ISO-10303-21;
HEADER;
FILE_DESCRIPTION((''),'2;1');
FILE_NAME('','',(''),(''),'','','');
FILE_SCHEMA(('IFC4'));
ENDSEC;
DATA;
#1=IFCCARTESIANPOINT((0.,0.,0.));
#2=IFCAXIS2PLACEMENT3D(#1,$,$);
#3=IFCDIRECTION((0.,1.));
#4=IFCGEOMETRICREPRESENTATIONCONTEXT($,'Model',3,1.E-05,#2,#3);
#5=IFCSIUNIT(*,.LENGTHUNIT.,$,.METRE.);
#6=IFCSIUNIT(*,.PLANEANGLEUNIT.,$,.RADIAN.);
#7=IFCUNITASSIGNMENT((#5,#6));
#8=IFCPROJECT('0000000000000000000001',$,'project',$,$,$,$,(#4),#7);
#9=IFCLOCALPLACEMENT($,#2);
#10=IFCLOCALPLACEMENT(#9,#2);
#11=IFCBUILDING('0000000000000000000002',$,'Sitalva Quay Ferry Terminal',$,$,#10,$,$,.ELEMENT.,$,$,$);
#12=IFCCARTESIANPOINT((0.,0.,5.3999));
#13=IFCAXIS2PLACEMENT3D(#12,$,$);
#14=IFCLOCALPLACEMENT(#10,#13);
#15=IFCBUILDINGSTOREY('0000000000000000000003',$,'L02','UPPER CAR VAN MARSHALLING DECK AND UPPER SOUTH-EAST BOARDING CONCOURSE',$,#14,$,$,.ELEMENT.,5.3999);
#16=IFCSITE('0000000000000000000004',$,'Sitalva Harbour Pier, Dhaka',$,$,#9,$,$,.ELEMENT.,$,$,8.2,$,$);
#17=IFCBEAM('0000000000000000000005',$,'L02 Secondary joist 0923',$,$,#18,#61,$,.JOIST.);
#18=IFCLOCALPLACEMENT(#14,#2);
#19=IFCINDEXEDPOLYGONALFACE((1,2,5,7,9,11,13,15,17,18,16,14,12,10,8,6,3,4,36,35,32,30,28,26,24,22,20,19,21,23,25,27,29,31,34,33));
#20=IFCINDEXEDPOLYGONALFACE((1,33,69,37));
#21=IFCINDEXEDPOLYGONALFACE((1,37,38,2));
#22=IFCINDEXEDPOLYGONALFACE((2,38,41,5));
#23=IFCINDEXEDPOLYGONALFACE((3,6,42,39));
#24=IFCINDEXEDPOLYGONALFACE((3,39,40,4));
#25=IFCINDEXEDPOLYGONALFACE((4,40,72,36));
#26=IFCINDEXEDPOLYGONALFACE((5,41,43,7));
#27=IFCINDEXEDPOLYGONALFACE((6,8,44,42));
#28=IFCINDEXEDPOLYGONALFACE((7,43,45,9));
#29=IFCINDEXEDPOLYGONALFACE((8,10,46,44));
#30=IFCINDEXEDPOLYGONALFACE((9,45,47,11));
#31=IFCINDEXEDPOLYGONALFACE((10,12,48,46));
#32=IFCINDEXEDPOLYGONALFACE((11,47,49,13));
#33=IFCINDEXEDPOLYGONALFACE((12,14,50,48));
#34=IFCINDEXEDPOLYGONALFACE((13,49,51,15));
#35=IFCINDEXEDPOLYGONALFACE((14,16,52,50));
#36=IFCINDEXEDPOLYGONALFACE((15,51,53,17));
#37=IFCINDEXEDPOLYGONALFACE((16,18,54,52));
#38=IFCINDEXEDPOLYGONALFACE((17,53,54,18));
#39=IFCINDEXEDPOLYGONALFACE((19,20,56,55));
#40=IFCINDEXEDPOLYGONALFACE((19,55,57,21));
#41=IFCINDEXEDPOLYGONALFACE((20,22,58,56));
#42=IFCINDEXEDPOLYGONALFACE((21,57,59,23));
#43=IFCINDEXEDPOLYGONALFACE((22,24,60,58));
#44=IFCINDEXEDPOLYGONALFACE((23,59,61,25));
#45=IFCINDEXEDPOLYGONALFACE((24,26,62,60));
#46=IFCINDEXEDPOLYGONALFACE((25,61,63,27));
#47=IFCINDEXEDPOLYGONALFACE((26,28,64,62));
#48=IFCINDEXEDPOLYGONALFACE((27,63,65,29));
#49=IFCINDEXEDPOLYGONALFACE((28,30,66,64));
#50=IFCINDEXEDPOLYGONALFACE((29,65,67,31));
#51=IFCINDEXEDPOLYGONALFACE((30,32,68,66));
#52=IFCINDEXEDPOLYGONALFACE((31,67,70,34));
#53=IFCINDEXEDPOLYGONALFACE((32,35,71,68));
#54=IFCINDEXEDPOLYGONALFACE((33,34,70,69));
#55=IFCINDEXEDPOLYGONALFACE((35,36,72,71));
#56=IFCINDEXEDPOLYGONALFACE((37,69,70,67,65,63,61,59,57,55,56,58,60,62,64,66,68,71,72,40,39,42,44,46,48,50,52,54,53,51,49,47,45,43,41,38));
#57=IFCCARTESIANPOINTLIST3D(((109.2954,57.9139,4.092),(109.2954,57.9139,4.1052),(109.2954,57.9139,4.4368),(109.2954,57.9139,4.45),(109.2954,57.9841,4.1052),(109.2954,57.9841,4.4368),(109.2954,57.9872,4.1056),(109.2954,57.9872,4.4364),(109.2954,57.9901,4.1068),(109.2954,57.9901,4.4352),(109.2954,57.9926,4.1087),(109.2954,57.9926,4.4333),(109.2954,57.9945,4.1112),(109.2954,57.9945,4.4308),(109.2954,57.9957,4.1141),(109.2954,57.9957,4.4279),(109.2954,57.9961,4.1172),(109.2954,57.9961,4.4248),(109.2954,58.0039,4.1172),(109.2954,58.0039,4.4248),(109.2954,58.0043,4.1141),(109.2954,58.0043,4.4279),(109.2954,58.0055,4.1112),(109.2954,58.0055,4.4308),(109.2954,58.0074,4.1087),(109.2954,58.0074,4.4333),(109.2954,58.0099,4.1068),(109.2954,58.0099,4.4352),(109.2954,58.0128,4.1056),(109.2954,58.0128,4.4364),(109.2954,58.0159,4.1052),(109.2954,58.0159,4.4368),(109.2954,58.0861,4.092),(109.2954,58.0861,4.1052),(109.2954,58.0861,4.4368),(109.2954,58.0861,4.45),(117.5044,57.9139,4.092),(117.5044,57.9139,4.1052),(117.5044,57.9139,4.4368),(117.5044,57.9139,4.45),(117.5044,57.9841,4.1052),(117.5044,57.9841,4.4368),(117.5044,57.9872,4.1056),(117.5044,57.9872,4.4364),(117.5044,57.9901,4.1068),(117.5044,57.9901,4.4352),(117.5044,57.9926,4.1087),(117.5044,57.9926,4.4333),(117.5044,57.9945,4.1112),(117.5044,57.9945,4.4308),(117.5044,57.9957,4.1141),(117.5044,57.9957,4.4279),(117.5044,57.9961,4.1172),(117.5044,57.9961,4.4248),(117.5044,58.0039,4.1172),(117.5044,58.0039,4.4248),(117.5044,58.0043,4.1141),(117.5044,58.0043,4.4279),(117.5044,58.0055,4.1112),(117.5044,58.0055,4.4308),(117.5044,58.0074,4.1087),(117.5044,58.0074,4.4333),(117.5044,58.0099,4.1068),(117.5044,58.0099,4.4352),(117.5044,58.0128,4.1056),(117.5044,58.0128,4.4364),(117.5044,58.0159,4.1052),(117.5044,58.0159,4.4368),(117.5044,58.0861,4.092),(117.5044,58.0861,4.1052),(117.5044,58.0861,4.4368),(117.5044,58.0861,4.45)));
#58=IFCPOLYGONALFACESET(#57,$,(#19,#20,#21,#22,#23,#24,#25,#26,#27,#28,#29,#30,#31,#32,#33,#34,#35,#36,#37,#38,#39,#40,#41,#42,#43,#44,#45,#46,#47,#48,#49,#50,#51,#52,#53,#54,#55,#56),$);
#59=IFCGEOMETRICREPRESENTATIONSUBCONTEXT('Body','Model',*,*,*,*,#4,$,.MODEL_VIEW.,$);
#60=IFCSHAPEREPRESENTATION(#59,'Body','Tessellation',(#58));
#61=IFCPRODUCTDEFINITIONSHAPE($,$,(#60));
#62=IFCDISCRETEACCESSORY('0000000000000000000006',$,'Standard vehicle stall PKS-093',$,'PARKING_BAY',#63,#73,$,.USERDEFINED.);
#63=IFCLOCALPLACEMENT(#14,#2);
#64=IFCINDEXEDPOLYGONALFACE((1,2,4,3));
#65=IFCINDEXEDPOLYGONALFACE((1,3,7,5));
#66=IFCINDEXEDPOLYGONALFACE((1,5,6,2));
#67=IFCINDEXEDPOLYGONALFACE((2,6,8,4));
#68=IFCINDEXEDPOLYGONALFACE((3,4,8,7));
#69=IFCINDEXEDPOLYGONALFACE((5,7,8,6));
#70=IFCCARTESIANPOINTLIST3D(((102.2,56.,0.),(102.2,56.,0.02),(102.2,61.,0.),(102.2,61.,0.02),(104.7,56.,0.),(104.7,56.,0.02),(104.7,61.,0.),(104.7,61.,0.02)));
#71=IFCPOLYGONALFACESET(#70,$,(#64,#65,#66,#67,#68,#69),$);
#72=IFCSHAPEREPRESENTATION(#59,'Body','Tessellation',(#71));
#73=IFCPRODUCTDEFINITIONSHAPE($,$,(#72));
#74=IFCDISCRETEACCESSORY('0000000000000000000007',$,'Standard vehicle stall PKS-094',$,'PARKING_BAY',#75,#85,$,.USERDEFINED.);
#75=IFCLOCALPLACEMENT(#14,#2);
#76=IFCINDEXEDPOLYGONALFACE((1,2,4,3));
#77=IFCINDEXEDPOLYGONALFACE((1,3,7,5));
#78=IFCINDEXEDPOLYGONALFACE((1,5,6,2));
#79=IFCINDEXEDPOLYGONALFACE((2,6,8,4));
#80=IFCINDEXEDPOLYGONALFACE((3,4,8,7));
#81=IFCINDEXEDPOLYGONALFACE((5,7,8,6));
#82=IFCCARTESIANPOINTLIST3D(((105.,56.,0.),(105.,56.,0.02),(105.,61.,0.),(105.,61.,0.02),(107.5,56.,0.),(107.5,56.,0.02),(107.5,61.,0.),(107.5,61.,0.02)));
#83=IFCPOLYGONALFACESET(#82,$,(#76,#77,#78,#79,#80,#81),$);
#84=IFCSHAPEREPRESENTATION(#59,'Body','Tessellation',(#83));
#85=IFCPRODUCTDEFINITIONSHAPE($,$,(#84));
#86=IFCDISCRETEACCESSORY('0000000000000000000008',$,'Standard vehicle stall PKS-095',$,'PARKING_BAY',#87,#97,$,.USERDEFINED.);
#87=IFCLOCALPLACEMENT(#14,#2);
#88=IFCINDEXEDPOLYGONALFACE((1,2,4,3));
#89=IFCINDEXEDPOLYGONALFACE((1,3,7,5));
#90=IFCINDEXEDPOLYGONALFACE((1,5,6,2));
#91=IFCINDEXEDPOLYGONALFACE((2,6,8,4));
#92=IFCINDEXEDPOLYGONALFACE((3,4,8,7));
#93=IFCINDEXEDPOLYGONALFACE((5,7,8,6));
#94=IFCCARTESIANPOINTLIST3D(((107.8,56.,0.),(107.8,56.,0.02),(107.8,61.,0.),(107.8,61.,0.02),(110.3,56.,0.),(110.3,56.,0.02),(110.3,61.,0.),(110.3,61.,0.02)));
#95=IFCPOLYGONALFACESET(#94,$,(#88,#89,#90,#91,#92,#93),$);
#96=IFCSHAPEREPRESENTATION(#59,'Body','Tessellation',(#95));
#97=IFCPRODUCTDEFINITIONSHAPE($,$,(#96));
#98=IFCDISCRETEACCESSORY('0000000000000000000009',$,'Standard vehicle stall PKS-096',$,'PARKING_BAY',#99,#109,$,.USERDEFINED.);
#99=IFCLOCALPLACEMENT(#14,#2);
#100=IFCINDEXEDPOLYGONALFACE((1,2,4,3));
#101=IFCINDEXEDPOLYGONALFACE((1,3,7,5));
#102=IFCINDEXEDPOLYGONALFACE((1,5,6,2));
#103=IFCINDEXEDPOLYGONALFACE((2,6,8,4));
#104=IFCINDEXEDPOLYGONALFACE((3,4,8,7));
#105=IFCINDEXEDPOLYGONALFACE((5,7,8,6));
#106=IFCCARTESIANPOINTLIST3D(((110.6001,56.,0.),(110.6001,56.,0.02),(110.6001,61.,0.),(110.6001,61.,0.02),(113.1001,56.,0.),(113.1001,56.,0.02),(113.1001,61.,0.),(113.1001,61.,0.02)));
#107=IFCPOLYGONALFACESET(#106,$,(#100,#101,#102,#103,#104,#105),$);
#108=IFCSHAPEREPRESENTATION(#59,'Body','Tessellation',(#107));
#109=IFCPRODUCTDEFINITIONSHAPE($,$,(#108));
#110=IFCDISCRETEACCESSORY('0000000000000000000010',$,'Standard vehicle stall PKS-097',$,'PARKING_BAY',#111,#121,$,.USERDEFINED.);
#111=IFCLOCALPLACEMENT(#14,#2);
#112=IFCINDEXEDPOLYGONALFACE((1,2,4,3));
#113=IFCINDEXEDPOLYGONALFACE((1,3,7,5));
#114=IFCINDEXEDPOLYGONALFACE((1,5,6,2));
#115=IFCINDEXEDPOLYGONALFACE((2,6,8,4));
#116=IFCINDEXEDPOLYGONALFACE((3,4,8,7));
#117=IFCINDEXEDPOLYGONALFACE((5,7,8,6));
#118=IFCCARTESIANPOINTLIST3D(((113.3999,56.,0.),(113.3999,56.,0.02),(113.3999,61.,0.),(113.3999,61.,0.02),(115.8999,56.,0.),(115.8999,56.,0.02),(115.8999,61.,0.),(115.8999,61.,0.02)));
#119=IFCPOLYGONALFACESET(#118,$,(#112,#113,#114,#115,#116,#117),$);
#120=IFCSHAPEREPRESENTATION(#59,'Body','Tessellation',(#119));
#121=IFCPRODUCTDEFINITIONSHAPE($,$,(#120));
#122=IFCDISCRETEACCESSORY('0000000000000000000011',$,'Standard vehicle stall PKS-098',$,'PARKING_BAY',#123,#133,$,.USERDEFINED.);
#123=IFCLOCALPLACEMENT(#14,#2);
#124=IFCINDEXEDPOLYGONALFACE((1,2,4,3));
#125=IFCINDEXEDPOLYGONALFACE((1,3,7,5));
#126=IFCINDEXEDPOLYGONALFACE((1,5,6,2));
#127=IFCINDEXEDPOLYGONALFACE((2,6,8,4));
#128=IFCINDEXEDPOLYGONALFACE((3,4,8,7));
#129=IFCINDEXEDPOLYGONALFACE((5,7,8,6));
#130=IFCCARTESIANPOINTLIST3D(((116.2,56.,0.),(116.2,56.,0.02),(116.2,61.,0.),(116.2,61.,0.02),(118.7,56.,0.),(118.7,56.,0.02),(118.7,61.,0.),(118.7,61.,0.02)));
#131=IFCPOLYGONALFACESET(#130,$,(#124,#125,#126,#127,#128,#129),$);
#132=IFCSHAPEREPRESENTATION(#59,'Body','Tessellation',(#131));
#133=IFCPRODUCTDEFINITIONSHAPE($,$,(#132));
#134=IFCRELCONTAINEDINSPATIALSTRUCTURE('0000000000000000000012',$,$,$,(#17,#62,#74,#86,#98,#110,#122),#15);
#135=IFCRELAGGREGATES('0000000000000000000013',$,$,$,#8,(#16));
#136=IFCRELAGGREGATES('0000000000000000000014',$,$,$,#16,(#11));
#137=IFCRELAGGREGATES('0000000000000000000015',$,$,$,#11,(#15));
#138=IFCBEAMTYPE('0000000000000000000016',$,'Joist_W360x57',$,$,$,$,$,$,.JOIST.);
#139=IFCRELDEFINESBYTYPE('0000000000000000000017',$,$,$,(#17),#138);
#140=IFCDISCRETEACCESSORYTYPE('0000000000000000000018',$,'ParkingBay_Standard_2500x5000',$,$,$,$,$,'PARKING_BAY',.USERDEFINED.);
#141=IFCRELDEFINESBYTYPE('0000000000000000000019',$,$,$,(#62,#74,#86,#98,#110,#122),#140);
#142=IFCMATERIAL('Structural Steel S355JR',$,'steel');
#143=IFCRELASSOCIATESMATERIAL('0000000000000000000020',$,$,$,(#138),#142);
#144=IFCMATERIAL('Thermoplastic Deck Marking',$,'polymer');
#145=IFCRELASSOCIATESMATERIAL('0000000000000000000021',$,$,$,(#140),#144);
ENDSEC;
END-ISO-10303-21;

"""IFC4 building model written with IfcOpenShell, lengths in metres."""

from ifc_helpers import new_model, si_unit, direction, frame, origin, origin_2d, place, context, subcontext, project, spatial, rectangle, i_section, extrude, material, material_profile, profile_set, type_object, element, save


model = new_model("IFC4")

# Units and contexts
model_context = context("Model", 3, precision=1e-05, world=origin(), true_north=direction((0.0, 1.0)))
body_context = subcontext(model_context, "Body", "Model", "MODEL_VIEW")
ifc_project = project(units=[si_unit("LENGTHUNIT", "METRE"), si_unit("PLANEANGLEUNIT", "RADIAN")], contexts=[model_context])

# Site, building, storey
site_placement = place(None, origin())
site = spatial("IfcSite", under=ifc_project, at=site_placement, Name="Sitalva Harbour Pier, Dhaka", CompositionType="ELEMENT", RefElevation=8.2)
building_placement = place(site_placement, origin())
building = spatial("IfcBuilding", under=site, at=building_placement, Name="Sitalva Quay Ferry Terminal", CompositionType="ELEMENT")
storey_placement = place(building_placement, frame((0.0, 0.0, 5.3999)))
storey = spatial("IfcBuildingStorey", under=building, at=storey_placement, Name="L02", Description="UPPER CAR VAN MARSHALLING DECK AND UPPER SOUTH-EAST BOARDING CONCOURSE", CompositionType="ELEMENT", Elevation=5.3999)

# Beam
ifc_material_1 = material(Name="Structural Steel S355JR", Category="steel")
ifc_material_profile_1 = material_profile(ifc_material_1, i_section(OverallWidth=0.1721, OverallDepth=0.3579, WebThickness=0.0078, FlangeThickness=0.0132, FilletRadius=0.012, at=origin_2d()), Name="W360x57")
ifc_profile_set_1 = profile_set([ifc_material_profile_1], Name="Structural Steel S355JR")
beam_type_1 = type_object("IfcBeamType", Name="Joist_W360x57", PredefinedType="JOIST", material=ifc_profile_set_1)
for number, where, z_axis, x_axis, name in (
    (1, (109.2954, 58.0, 4.271), (1.0, 0.0, 0.0), (0.0, 1.0, 0.0), "L02 Secondary joist 0923"),
):
    element("IfcBeam", number, at=place(storey_placement, frame(where, z_axis=z_axis, x_axis=x_axis)), inside=storey, type_object=beam_type_1, Name=name, PredefinedType="JOIST", context=body_context, shape_type="SweptSolid", body=[
        extrude(i_section(OverallWidth=0.1721, OverallDepth=0.3579, WebThickness=0.0078, FlangeThickness=0.0132, FilletRadius=0.012, at=origin_2d()), origin(), (0.0, 0.0, 1.0), 8.209),
    ])

# Discrete accessories
ifc_material_2 = material(Name="Thermoplastic Deck Marking", Category="polymer")
discrete_accessory_type = type_object("IfcDiscreteAccessoryType", Name="ParkingBay_Standard_2500x5000", ElementType="PARKING_BAY", PredefinedType="USERDEFINED", material=ifc_material_2)
for number, where, z_axis, x_axis, name in (
    (2, (103.45, 58.5, 0.0), (0.0, 0.0, 1.0), (1.0, 0.0, 0.0), "Standard vehicle stall PKS-093"),
    (3, (106.25, 58.5, 0.0), (0.0, 0.0, 1.0), (1.0, 0.0, 0.0), "Standard vehicle stall PKS-094"),
    (4, (109.05, 58.5, 0.0), (0.0, 0.0, 1.0), (1.0, 0.0, 0.0), "Standard vehicle stall PKS-095"),
    (5, (111.8501, 58.5, 0.0), (0.0, 0.0, 1.0), (1.0, 0.0, 0.0), "Standard vehicle stall PKS-096"),
    (6, (114.6499, 58.5, 0.0), (0.0, 0.0, 1.0), (1.0, 0.0, 0.0), "Standard vehicle stall PKS-097"),
    (7, (117.45, 58.5, 0.0), (0.0, 0.0, 1.0), (1.0, 0.0, 0.0), "Standard vehicle stall PKS-098"),
):
    element("IfcDiscreteAccessory", number, at=place(storey_placement, frame(where, z_axis=z_axis, x_axis=x_axis)), inside=storey, type_object=discrete_accessory_type, Name=name, ObjectType="PARKING_BAY", PredefinedType="USERDEFINED", context=body_context, shape_type="SweptSolid", body=[
        extrude(rectangle(XDim=2.5, YDim=5.0, at=origin_2d()), origin(), (0.0, 0.0, 1.0), 0.02),
    ])

save(model, "model.ifc")
